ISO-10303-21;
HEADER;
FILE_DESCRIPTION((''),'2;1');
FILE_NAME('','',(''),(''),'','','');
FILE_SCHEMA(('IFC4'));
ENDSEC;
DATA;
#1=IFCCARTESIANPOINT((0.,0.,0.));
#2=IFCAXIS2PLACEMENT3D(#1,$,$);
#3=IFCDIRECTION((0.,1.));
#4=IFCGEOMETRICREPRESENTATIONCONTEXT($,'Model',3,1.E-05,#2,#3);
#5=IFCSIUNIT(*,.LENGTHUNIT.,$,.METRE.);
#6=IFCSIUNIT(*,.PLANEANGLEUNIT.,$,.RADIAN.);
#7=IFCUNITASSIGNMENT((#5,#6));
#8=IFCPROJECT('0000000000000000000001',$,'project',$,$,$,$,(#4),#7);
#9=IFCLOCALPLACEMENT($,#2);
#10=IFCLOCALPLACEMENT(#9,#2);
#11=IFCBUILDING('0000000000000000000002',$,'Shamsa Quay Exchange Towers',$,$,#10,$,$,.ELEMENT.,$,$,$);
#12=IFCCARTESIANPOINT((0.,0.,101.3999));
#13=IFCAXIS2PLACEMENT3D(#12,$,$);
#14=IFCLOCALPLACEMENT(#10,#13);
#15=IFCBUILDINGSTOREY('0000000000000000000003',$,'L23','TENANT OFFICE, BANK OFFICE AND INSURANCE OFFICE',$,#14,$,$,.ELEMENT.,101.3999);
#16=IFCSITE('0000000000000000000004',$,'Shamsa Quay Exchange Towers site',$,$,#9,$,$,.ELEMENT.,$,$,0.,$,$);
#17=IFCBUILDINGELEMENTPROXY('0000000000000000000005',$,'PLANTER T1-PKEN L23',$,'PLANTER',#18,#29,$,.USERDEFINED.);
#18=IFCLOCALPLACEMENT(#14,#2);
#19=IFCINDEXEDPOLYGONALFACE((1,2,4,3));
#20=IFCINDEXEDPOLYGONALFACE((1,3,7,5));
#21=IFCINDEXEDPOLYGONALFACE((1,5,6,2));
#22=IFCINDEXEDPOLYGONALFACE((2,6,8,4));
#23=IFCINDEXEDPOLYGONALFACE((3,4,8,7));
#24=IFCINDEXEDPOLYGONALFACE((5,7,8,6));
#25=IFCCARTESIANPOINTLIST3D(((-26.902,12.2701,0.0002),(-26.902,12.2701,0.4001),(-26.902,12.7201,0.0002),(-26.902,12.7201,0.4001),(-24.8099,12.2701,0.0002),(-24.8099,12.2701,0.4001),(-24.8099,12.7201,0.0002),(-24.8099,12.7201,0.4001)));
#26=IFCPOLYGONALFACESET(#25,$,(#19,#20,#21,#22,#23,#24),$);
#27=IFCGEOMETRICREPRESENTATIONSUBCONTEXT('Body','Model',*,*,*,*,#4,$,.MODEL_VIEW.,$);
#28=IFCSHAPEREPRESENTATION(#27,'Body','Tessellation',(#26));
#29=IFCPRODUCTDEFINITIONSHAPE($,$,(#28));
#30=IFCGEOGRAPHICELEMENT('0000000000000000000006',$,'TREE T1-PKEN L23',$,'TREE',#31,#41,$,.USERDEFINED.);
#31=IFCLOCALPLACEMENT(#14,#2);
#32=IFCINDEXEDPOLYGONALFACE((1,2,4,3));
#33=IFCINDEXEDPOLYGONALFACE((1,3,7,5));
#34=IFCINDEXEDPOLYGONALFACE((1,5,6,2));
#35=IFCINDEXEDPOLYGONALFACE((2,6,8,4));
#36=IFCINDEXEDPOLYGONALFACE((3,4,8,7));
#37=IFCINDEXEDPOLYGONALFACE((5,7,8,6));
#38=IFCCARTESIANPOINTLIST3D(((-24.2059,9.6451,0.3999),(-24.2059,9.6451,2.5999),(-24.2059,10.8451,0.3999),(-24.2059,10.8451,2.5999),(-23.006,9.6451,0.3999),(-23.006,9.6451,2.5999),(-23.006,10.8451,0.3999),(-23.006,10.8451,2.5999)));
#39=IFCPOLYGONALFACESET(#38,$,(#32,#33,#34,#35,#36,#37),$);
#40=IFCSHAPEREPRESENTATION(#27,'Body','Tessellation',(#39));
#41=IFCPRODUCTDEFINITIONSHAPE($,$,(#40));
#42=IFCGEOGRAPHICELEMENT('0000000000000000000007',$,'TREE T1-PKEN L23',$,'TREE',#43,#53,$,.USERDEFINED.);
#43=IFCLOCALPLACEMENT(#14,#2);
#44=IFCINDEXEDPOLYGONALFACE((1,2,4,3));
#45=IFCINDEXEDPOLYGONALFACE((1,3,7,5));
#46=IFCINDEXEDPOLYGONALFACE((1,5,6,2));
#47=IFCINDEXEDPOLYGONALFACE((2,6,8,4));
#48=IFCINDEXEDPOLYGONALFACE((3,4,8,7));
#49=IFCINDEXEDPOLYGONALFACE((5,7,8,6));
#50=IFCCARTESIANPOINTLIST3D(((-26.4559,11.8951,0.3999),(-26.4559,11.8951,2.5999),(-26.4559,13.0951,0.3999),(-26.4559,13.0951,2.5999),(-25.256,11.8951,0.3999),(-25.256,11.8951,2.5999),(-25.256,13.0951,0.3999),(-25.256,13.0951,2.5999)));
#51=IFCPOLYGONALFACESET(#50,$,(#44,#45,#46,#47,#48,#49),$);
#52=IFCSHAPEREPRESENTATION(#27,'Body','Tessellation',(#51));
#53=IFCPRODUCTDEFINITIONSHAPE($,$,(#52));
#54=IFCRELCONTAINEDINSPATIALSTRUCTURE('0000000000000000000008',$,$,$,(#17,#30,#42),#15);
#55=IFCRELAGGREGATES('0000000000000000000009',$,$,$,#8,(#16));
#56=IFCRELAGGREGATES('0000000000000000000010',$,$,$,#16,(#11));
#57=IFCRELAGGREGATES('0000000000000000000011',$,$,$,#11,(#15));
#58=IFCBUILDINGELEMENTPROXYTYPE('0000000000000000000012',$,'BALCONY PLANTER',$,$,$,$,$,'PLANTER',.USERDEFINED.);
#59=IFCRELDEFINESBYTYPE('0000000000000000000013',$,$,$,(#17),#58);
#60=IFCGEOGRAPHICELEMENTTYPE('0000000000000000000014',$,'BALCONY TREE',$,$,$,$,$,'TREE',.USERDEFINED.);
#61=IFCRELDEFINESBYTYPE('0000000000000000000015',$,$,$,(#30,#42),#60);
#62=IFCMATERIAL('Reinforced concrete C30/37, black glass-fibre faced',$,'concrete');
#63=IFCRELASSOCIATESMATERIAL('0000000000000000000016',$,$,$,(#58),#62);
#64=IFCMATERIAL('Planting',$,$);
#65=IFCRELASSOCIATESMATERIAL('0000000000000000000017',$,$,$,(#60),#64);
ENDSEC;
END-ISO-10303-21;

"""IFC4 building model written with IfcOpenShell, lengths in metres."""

from ifc_helpers import new_model, si_unit, direction, frame, origin, origin_2d, place, context, subcontext, project, spatial, rectangle, extrude, material, type_object, element, save


model = new_model("IFC4")

# Units and contexts
model_context = context("Model", 3, precision=1e-05, world=origin(), true_north=direction((0.0, 1.0)))
body_context = subcontext(model_context, "Body", "Model", "MODEL_VIEW")
ifc_project = project(units=[si_unit("LENGTHUNIT", "METRE"), si_unit("PLANEANGLEUNIT", "RADIAN")], contexts=[model_context])

# Site, building, storey
site_placement = place(None, origin())
site = spatial("IfcSite", under=ifc_project, at=site_placement, Name="Shamsa Quay Exchange Towers site", CompositionType="ELEMENT", RefElevation=0.0)
building_placement = place(site_placement, origin())
building = spatial("IfcBuilding", under=site, at=building_placement, Name="Shamsa Quay Exchange Towers", CompositionType="ELEMENT")
storey_placement = place(building_placement, frame((0.0, 0.0, 101.3999)))
storey = spatial("IfcBuildingStorey", under=building, at=storey_placement, Name="L23", Description="TENANT OFFICE, BANK OFFICE AND INSURANCE OFFICE", CompositionType="ELEMENT", Elevation=101.3999)

# Building element proxy
ifc_material_1 = material(Name="Reinforced concrete C30/37, black glass-fibre faced", Category="concrete")
building_element_proxy_type = type_object("IfcBuildingElementProxyType", Name="BALCONY PLANTER", ElementType="PLANTER", PredefinedType="USERDEFINED", material=ifc_material_1)
for number, where, z_axis, x_axis, name in (
    (1, (-25.856, 12.4951, 0.0002), (0.0, 0.0, 1.0), (-1.0, 0.0, 0.0), "PLANTER T1-PKEN L23"),
):
    element("IfcBuildingElementProxy", number, at=place(storey_placement, frame(where, z_axis=z_axis, x_axis=x_axis)), inside=storey, type_object=building_element_proxy_type, Name=name, ObjectType="PLANTER", PredefinedType="USERDEFINED", context=body_context, shape_type="SweptSolid", body=[
        extrude(rectangle(XDim=2.092, YDim=0.45, at=origin_2d()), origin(), (0.0, 0.0, 1.0), 0.3999),
    ])

# Geographic elements
ifc_material_2 = material(Name="Planting")
geographic_element_type = type_object("IfcGeographicElementType", Name="BALCONY TREE", ElementType="TREE", PredefinedType="USERDEFINED", material=ifc_material_2)
for number, where, z_axis, x_axis, name in (
    (2, (-23.606, 10.2451, 0.3999), (0.0, 0.0, 1.0), (-1.0, 0.0, 0.0), "TREE T1-PKEN L23"),
    (3, (-25.856, 12.4951, 0.3999), (0.0, 0.0, 1.0), (-1.0, 0.0, 0.0), "TREE T1-PKEN L23"),
):
    element("IfcGeographicElement", number, at=place(storey_placement, frame(where, z_axis=z_axis, x_axis=x_axis)), inside=storey, type_object=geographic_element_type, Name=name, ObjectType="TREE", PredefinedType="USERDEFINED", context=body_context, shape_type="SweptSolid", body=[
        extrude(rectangle(XDim=1.2, YDim=1.2, at=origin_2d()), origin(), (0.0, 0.0, 1.0), 2.2),
    ])

save(model, "model.ifc")
